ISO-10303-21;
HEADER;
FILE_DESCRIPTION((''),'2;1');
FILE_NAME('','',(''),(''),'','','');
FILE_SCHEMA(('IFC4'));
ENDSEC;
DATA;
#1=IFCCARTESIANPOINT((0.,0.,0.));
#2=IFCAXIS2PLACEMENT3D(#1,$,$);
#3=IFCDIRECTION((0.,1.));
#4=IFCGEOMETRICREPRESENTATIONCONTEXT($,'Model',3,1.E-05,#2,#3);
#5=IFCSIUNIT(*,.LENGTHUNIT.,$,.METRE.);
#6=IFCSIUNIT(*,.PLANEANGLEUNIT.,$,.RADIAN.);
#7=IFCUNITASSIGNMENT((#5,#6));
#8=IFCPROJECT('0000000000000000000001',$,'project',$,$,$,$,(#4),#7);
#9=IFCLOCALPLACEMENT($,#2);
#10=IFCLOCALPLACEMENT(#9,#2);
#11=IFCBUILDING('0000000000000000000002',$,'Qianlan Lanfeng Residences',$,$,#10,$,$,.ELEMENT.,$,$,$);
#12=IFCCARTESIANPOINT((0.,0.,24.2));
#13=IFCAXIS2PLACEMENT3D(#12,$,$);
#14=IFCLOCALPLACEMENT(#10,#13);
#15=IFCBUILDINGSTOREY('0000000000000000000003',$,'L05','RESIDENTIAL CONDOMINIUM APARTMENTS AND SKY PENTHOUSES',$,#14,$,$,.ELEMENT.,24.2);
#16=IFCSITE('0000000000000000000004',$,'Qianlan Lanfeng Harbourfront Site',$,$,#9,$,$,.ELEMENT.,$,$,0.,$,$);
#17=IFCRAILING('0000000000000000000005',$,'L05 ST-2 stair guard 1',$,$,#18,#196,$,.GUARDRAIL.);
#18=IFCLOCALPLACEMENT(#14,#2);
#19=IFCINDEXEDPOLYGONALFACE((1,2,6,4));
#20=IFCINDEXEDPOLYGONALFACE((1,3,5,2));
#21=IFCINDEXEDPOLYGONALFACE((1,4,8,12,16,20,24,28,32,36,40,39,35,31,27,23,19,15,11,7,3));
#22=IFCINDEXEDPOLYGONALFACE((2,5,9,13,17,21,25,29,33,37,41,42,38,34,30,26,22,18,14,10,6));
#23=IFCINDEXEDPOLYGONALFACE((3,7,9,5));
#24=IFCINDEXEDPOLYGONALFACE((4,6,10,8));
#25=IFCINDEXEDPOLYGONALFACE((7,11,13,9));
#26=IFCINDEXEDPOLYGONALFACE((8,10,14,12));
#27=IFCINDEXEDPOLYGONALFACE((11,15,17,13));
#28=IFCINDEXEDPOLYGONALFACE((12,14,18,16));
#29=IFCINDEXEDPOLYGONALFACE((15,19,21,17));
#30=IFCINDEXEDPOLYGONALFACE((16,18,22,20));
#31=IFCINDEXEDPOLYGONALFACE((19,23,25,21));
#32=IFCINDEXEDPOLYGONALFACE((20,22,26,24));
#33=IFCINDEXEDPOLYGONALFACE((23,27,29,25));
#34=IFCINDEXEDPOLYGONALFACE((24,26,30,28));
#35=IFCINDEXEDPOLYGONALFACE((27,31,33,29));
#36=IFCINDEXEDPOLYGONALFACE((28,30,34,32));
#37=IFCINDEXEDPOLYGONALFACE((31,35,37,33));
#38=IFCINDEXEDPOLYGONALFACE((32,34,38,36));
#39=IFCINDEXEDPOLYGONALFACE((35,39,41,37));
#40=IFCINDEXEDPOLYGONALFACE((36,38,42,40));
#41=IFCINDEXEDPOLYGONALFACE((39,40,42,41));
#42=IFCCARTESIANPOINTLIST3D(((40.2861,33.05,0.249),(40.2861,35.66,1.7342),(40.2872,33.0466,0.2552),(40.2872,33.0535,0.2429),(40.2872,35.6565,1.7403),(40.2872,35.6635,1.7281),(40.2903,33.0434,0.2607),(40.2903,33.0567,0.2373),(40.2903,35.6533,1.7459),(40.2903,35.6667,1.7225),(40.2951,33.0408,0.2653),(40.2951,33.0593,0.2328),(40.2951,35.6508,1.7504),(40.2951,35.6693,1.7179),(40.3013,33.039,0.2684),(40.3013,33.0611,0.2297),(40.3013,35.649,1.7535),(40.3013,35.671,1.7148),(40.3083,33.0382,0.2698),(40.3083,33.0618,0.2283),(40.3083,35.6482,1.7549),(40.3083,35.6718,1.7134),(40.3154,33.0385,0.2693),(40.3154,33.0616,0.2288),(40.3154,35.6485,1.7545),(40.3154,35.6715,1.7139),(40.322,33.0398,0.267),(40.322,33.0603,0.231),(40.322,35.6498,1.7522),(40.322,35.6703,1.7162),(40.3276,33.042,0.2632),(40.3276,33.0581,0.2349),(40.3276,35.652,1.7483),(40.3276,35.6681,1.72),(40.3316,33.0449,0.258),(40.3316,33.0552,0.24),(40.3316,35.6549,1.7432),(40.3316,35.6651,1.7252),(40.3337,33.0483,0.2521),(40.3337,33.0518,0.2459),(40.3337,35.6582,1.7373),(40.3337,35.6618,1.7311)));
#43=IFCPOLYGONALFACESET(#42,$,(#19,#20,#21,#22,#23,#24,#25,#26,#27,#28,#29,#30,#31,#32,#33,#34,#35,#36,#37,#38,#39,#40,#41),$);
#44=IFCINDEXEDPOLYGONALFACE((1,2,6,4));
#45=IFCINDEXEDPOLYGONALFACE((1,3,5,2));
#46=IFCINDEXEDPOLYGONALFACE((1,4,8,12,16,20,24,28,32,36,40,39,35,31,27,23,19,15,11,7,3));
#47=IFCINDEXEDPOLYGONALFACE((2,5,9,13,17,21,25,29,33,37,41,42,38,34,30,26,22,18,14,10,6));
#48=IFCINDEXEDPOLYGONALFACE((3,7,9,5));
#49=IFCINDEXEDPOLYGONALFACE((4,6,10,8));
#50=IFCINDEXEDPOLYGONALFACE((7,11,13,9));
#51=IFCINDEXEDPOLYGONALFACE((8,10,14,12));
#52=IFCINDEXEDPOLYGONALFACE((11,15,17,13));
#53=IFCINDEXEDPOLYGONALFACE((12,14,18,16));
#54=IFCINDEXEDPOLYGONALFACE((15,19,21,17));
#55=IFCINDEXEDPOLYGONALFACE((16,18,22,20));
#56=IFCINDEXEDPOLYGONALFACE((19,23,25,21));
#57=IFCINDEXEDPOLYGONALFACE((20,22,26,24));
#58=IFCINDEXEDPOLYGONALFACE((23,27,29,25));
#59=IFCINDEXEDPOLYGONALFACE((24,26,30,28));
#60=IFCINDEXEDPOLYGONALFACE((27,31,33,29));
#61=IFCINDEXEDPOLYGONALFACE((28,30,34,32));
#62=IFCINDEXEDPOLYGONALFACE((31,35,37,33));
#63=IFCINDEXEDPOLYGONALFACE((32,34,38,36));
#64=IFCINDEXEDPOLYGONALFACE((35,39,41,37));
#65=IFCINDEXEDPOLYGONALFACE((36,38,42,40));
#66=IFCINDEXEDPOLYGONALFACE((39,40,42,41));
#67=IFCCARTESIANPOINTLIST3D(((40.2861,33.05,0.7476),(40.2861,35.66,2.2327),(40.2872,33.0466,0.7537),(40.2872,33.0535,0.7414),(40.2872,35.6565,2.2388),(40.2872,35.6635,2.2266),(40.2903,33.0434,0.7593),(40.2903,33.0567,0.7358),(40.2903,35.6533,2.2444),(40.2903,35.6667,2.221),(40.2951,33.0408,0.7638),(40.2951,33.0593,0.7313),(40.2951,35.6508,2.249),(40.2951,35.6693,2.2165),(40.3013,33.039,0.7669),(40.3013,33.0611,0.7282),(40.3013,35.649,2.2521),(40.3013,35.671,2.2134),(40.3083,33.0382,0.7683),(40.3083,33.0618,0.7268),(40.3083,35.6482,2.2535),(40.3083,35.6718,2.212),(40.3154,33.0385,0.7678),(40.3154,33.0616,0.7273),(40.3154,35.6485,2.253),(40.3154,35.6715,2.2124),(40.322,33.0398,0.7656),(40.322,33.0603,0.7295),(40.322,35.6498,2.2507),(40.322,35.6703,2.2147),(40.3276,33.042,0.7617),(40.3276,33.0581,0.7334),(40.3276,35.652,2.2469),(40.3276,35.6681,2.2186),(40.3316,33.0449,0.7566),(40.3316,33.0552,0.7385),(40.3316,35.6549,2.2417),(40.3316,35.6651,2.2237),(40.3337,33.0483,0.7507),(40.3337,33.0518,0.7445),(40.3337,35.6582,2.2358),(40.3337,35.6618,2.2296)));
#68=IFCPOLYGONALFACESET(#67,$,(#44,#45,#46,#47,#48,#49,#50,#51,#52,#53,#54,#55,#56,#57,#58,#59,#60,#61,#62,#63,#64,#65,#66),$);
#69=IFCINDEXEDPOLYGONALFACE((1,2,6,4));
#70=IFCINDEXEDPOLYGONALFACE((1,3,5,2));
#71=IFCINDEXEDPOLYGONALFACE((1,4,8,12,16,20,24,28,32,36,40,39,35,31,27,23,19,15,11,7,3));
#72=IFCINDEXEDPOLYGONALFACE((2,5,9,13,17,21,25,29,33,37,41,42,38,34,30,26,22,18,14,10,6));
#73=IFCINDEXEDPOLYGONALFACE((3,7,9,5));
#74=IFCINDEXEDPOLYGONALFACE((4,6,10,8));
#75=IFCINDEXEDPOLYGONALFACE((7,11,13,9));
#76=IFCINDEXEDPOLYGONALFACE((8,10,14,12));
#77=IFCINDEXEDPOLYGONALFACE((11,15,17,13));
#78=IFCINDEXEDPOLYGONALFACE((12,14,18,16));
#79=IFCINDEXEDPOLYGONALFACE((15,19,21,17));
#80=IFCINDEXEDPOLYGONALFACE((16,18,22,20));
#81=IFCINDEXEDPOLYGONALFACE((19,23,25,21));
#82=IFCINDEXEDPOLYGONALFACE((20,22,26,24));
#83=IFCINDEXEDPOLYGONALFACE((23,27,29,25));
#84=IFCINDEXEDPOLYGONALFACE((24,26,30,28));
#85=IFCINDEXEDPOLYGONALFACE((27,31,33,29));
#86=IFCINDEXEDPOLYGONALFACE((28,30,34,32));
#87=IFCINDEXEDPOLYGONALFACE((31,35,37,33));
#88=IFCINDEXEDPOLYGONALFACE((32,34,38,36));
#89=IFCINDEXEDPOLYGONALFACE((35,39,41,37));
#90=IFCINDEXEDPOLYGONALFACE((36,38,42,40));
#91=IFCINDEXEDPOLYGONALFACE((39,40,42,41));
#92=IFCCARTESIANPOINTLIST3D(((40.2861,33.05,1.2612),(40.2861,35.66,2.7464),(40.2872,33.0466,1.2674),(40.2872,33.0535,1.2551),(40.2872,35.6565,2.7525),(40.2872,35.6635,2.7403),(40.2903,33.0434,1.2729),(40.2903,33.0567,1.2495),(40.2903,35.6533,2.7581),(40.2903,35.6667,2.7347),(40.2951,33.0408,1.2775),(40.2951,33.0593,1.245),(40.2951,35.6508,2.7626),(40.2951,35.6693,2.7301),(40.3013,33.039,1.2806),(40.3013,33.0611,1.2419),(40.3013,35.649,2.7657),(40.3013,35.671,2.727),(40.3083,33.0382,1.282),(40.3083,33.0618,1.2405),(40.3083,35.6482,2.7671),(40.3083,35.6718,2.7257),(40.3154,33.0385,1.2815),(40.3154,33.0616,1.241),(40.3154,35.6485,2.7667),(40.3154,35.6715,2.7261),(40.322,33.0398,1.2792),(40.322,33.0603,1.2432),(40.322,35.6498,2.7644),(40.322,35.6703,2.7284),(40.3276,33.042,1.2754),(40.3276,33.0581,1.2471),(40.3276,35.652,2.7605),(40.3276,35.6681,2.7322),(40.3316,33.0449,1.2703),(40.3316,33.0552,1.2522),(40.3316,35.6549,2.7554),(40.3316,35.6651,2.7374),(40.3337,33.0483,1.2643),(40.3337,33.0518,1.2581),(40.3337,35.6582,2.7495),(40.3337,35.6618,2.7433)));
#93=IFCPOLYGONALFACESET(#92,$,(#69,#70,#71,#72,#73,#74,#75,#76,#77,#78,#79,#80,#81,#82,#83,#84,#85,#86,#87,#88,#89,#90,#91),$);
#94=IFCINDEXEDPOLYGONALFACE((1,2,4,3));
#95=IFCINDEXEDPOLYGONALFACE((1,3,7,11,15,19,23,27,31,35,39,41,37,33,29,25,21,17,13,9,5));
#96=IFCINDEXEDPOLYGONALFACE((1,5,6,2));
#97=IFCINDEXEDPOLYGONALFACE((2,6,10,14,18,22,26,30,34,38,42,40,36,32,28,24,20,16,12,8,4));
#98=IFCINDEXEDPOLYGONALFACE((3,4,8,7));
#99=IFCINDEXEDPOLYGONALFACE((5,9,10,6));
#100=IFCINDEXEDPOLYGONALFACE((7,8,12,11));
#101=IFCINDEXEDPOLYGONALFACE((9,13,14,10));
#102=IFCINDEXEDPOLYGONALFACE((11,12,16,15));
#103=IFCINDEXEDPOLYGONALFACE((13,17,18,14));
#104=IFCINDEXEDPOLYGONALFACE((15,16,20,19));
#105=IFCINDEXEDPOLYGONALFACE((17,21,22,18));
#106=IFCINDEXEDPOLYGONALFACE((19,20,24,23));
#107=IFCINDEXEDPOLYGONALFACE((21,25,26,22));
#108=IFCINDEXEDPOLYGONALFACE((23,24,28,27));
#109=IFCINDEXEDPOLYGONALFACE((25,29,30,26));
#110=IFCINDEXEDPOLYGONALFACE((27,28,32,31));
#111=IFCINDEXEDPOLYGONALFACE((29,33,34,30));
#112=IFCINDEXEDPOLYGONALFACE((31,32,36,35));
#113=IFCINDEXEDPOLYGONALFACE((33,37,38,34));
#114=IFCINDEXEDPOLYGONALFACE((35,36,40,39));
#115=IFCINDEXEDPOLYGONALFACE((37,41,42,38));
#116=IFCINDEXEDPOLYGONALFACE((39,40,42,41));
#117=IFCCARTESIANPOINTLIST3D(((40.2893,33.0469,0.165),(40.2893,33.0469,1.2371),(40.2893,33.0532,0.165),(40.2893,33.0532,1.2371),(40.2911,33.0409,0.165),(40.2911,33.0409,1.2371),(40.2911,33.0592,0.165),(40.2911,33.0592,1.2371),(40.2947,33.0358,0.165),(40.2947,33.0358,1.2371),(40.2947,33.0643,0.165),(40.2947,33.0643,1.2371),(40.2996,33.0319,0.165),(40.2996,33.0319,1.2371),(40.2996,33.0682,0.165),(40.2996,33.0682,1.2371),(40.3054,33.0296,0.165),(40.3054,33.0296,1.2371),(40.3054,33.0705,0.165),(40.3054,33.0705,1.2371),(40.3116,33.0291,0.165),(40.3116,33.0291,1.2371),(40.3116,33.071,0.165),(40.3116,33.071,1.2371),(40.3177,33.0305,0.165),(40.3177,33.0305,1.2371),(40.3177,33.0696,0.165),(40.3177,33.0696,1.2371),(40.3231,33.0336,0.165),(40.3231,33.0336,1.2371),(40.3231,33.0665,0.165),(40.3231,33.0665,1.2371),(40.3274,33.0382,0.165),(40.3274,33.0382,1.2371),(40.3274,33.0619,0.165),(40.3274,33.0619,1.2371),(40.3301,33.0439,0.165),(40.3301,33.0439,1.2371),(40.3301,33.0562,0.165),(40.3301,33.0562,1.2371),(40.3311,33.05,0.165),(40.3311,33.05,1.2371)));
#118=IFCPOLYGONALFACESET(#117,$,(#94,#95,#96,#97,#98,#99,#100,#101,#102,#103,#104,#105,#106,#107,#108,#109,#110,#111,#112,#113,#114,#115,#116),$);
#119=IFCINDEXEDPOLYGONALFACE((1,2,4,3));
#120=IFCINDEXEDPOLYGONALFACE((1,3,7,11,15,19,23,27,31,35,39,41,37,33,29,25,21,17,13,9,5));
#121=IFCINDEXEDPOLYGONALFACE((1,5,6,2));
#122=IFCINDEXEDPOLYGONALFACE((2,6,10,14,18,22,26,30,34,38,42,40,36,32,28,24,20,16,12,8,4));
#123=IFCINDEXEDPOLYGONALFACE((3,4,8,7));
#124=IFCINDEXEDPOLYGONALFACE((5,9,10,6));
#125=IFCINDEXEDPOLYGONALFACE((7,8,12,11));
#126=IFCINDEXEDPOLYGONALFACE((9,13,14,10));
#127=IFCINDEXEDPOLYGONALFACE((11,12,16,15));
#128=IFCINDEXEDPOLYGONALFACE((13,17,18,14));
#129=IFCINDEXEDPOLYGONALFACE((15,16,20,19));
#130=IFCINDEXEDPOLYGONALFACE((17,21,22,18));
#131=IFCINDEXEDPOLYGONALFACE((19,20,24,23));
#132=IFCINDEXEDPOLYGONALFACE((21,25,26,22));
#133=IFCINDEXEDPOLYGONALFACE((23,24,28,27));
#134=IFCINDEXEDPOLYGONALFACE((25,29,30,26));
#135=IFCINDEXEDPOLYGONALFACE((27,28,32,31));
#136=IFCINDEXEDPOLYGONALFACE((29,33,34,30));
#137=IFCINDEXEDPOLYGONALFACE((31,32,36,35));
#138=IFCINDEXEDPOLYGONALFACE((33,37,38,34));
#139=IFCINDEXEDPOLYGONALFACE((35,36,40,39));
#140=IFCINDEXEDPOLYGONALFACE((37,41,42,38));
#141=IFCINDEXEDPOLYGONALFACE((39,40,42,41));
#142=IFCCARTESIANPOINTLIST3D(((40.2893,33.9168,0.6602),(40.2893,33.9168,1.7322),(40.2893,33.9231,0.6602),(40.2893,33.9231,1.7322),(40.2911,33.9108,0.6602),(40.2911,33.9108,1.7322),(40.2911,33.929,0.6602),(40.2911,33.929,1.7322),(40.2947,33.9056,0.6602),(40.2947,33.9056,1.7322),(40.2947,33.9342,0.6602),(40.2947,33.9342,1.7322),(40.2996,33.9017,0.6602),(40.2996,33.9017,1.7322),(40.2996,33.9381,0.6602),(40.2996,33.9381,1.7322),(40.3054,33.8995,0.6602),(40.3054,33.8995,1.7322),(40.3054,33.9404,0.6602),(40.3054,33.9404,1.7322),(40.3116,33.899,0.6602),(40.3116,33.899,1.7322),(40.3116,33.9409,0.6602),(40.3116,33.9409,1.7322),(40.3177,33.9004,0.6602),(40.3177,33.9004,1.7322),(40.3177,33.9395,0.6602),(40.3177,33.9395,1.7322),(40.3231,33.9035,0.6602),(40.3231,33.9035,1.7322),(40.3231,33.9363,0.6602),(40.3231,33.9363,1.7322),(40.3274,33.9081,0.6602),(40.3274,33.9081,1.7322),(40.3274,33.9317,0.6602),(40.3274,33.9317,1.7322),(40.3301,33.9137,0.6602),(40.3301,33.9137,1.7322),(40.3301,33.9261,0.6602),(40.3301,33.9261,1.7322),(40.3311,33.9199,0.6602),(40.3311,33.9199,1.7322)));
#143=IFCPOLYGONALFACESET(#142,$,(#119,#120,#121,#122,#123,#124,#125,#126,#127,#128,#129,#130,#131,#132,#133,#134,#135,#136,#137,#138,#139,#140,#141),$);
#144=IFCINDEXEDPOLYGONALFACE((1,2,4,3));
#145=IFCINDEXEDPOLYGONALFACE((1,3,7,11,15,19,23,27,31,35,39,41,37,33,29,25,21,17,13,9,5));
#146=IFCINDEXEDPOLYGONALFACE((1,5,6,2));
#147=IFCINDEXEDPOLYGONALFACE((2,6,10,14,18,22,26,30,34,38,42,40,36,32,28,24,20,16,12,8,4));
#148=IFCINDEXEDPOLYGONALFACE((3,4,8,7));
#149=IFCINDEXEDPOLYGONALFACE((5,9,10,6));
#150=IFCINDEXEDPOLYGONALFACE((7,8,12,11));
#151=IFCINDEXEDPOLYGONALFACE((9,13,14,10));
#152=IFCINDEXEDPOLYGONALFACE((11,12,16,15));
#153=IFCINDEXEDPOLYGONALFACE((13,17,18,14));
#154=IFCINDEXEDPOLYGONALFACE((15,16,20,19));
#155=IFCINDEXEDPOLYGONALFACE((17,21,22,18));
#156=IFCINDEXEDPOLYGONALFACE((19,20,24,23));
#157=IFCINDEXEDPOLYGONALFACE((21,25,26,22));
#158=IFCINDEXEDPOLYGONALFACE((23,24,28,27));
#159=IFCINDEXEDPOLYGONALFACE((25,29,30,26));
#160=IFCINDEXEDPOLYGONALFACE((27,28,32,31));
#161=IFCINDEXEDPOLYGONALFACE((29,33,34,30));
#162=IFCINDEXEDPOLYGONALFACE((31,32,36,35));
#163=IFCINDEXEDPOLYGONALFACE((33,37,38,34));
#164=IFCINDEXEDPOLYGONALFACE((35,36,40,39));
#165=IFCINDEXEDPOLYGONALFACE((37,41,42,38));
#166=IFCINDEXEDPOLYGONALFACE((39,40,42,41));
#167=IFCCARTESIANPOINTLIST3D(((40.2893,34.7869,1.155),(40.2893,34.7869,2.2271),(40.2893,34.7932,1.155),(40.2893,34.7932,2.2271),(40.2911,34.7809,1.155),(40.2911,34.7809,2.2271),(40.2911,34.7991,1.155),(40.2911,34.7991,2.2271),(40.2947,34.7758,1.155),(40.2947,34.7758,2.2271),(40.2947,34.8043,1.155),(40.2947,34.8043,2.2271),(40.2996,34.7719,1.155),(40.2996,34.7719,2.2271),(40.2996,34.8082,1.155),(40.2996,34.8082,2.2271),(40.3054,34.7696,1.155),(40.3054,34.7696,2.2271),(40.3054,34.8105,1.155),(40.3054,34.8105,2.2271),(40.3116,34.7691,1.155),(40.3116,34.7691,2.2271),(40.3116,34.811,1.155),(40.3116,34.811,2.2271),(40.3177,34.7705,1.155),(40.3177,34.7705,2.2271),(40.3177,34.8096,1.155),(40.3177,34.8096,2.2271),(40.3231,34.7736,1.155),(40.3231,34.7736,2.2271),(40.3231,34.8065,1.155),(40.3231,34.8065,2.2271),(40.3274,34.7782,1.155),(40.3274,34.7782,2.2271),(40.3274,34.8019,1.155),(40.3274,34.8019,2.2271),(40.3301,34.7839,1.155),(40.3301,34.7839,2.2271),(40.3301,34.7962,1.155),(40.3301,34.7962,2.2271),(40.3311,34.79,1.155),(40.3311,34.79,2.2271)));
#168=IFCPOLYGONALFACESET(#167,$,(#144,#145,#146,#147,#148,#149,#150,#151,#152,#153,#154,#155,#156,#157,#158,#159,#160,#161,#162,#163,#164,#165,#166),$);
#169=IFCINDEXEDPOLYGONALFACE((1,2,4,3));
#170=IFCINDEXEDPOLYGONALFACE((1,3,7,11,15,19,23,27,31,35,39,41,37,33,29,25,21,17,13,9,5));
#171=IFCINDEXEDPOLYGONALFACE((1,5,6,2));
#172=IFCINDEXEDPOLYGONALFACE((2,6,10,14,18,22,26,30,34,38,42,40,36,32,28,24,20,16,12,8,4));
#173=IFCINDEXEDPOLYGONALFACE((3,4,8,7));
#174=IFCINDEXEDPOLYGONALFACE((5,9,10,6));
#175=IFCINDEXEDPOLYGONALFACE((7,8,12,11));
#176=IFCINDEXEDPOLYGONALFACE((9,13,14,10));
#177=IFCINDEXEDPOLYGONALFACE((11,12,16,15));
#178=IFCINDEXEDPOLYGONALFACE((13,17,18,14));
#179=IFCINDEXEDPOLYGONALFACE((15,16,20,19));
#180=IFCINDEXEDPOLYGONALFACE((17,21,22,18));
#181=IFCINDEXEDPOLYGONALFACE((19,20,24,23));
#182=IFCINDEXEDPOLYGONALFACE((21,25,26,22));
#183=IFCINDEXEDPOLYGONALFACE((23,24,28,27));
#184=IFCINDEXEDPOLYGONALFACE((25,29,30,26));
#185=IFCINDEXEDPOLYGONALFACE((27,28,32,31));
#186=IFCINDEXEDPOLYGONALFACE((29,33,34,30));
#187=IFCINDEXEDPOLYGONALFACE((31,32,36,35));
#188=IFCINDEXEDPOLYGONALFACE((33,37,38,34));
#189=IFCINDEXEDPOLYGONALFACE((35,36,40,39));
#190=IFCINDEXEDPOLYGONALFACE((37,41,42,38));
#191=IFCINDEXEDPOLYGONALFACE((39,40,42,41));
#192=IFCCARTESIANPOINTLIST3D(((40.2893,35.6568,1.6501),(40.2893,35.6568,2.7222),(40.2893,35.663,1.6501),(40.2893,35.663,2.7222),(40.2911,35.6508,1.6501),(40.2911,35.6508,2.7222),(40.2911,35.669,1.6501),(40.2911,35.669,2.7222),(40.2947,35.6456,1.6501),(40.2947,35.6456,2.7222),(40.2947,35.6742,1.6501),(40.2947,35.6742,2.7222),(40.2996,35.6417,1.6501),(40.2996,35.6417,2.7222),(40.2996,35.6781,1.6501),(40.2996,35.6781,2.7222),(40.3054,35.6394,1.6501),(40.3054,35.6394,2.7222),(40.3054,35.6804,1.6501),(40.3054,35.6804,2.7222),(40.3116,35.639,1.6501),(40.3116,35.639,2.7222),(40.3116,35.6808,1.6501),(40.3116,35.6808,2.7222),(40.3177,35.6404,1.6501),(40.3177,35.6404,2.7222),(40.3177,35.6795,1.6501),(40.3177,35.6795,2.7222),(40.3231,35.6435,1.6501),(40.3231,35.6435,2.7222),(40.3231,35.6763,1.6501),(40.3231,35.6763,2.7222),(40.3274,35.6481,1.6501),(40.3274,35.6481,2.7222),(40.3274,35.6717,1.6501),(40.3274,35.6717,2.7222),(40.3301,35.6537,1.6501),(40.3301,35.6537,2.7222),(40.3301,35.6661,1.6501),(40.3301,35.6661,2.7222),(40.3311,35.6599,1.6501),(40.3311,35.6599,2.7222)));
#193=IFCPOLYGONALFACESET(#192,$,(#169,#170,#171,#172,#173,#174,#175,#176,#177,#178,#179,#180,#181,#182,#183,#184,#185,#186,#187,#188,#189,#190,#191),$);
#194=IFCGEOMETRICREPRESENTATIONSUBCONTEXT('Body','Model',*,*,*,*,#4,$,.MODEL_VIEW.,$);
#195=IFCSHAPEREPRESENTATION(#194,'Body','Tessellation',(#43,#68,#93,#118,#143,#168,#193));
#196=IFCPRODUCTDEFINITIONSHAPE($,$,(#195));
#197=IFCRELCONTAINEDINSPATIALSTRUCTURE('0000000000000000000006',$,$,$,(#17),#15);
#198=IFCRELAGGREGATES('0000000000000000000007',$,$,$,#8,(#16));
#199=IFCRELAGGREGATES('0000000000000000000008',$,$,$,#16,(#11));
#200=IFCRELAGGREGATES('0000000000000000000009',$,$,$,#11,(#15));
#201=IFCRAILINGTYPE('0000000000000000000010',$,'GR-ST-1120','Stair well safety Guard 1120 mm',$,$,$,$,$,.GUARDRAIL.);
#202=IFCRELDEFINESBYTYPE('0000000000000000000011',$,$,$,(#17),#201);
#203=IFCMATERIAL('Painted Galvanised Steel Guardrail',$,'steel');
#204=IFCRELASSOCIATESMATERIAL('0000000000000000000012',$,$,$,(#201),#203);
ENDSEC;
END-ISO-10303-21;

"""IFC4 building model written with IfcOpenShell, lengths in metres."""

from ifc_helpers import new_model, si_unit, direction, frame, origin, origin_2d, place, context, subcontext, project, spatial, circle, extrude, material, type_object, element, save


model = new_model("IFC4")

# Units and contexts
model_context = context("Model", 3, precision=1e-05, world=origin(), true_north=direction((0.0, 1.0)))
body_context = subcontext(model_context, "Body", "Model", "MODEL_VIEW")
ifc_project = project(units=[si_unit("LENGTHUNIT", "METRE"), si_unit("PLANEANGLEUNIT", "RADIAN")], contexts=[model_context])

# Site, building, storey
site_placement = place(None, origin())
site = spatial("IfcSite", under=ifc_project, at=site_placement, Name="Qianlan Lanfeng Harbourfront Site", CompositionType="ELEMENT", RefElevation=0.0)
building_placement = place(site_placement, origin())
building = spatial("IfcBuilding", under=site, at=building_placement, Name="Qianlan Lanfeng Residences", CompositionType="ELEMENT")
storey_placement = place(building_placement, frame((0.0, 0.0, 24.2)))
storey = spatial("IfcBuildingStorey", under=building, at=storey_placement, Name="L05", Description="RESIDENTIAL CONDOMINIUM APARTMENTS AND SKY PENTHOUSES", CompositionType="ELEMENT", Elevation=24.2)

# Railing
ifc_material_1 = material(Name="Painted Galvanised Steel Guardrail", Category="steel")
railing_type_1 = type_object("IfcRailingType", Name="GR-ST-1120", Description="Stair well safety Guard 1120 mm", PredefinedType="GUARDRAIL", material=ifc_material_1)
railing_1_placement = place(storey_placement, frame((40.3101, 33.05, 0.165)))
element("IfcRailing", 1, at=railing_1_placement, inside=storey, type_object=railing_type_1, Name="L05 ST-2 stair guard 1", PredefinedType="GUARDRAIL", context=body_context, shape_type="SweptSolid", body=[
    extrude(circle(Radius=0.0239, at=origin_2d()), frame((0.0, 0.0, 0.084), z_axis=(0.0, 0.869137, 0.494571), x_axis=(-1.0, 0.0, 0.0)), (0.0, 0.0, 1.0), 3.0029),
    extrude(circle(Radius=0.0239, at=origin_2d()), frame((0.0, 0.0, 0.5825), z_axis=(0.0, 0.869137, 0.494571), x_axis=(-1.0, 0.0, 0.0)), (0.0, 0.0, 1.0), 3.0029),
    extrude(circle(Radius=0.0239, at=origin_2d()), frame((0.0, 0.0, 1.0962), z_axis=(0.0, 0.869137, 0.494571), x_axis=(-1.0, 0.0, 0.0)), (0.0, 0.0, 1.0), 3.0029),
    extrude(circle(Radius=0.021, at=origin_2d()), origin(), (0.0, 0.0, 1.0), 1.072),
    extrude(circle(Radius=0.021, at=origin_2d()), frame((0.0, 0.8699, 0.4951)), (0.0, 0.0, 1.0), 1.072),
    extrude(circle(Radius=0.021, at=origin_2d()), frame((0.0, 1.74, 0.99)), (0.0, 0.0, 1.0), 1.072),
    extrude(circle(Radius=0.021, at=origin_2d()), frame((0.0, 2.6099, 1.4851)), (0.0, 0.0, 1.0), 1.072),
])

save(model, "model.ifc")
